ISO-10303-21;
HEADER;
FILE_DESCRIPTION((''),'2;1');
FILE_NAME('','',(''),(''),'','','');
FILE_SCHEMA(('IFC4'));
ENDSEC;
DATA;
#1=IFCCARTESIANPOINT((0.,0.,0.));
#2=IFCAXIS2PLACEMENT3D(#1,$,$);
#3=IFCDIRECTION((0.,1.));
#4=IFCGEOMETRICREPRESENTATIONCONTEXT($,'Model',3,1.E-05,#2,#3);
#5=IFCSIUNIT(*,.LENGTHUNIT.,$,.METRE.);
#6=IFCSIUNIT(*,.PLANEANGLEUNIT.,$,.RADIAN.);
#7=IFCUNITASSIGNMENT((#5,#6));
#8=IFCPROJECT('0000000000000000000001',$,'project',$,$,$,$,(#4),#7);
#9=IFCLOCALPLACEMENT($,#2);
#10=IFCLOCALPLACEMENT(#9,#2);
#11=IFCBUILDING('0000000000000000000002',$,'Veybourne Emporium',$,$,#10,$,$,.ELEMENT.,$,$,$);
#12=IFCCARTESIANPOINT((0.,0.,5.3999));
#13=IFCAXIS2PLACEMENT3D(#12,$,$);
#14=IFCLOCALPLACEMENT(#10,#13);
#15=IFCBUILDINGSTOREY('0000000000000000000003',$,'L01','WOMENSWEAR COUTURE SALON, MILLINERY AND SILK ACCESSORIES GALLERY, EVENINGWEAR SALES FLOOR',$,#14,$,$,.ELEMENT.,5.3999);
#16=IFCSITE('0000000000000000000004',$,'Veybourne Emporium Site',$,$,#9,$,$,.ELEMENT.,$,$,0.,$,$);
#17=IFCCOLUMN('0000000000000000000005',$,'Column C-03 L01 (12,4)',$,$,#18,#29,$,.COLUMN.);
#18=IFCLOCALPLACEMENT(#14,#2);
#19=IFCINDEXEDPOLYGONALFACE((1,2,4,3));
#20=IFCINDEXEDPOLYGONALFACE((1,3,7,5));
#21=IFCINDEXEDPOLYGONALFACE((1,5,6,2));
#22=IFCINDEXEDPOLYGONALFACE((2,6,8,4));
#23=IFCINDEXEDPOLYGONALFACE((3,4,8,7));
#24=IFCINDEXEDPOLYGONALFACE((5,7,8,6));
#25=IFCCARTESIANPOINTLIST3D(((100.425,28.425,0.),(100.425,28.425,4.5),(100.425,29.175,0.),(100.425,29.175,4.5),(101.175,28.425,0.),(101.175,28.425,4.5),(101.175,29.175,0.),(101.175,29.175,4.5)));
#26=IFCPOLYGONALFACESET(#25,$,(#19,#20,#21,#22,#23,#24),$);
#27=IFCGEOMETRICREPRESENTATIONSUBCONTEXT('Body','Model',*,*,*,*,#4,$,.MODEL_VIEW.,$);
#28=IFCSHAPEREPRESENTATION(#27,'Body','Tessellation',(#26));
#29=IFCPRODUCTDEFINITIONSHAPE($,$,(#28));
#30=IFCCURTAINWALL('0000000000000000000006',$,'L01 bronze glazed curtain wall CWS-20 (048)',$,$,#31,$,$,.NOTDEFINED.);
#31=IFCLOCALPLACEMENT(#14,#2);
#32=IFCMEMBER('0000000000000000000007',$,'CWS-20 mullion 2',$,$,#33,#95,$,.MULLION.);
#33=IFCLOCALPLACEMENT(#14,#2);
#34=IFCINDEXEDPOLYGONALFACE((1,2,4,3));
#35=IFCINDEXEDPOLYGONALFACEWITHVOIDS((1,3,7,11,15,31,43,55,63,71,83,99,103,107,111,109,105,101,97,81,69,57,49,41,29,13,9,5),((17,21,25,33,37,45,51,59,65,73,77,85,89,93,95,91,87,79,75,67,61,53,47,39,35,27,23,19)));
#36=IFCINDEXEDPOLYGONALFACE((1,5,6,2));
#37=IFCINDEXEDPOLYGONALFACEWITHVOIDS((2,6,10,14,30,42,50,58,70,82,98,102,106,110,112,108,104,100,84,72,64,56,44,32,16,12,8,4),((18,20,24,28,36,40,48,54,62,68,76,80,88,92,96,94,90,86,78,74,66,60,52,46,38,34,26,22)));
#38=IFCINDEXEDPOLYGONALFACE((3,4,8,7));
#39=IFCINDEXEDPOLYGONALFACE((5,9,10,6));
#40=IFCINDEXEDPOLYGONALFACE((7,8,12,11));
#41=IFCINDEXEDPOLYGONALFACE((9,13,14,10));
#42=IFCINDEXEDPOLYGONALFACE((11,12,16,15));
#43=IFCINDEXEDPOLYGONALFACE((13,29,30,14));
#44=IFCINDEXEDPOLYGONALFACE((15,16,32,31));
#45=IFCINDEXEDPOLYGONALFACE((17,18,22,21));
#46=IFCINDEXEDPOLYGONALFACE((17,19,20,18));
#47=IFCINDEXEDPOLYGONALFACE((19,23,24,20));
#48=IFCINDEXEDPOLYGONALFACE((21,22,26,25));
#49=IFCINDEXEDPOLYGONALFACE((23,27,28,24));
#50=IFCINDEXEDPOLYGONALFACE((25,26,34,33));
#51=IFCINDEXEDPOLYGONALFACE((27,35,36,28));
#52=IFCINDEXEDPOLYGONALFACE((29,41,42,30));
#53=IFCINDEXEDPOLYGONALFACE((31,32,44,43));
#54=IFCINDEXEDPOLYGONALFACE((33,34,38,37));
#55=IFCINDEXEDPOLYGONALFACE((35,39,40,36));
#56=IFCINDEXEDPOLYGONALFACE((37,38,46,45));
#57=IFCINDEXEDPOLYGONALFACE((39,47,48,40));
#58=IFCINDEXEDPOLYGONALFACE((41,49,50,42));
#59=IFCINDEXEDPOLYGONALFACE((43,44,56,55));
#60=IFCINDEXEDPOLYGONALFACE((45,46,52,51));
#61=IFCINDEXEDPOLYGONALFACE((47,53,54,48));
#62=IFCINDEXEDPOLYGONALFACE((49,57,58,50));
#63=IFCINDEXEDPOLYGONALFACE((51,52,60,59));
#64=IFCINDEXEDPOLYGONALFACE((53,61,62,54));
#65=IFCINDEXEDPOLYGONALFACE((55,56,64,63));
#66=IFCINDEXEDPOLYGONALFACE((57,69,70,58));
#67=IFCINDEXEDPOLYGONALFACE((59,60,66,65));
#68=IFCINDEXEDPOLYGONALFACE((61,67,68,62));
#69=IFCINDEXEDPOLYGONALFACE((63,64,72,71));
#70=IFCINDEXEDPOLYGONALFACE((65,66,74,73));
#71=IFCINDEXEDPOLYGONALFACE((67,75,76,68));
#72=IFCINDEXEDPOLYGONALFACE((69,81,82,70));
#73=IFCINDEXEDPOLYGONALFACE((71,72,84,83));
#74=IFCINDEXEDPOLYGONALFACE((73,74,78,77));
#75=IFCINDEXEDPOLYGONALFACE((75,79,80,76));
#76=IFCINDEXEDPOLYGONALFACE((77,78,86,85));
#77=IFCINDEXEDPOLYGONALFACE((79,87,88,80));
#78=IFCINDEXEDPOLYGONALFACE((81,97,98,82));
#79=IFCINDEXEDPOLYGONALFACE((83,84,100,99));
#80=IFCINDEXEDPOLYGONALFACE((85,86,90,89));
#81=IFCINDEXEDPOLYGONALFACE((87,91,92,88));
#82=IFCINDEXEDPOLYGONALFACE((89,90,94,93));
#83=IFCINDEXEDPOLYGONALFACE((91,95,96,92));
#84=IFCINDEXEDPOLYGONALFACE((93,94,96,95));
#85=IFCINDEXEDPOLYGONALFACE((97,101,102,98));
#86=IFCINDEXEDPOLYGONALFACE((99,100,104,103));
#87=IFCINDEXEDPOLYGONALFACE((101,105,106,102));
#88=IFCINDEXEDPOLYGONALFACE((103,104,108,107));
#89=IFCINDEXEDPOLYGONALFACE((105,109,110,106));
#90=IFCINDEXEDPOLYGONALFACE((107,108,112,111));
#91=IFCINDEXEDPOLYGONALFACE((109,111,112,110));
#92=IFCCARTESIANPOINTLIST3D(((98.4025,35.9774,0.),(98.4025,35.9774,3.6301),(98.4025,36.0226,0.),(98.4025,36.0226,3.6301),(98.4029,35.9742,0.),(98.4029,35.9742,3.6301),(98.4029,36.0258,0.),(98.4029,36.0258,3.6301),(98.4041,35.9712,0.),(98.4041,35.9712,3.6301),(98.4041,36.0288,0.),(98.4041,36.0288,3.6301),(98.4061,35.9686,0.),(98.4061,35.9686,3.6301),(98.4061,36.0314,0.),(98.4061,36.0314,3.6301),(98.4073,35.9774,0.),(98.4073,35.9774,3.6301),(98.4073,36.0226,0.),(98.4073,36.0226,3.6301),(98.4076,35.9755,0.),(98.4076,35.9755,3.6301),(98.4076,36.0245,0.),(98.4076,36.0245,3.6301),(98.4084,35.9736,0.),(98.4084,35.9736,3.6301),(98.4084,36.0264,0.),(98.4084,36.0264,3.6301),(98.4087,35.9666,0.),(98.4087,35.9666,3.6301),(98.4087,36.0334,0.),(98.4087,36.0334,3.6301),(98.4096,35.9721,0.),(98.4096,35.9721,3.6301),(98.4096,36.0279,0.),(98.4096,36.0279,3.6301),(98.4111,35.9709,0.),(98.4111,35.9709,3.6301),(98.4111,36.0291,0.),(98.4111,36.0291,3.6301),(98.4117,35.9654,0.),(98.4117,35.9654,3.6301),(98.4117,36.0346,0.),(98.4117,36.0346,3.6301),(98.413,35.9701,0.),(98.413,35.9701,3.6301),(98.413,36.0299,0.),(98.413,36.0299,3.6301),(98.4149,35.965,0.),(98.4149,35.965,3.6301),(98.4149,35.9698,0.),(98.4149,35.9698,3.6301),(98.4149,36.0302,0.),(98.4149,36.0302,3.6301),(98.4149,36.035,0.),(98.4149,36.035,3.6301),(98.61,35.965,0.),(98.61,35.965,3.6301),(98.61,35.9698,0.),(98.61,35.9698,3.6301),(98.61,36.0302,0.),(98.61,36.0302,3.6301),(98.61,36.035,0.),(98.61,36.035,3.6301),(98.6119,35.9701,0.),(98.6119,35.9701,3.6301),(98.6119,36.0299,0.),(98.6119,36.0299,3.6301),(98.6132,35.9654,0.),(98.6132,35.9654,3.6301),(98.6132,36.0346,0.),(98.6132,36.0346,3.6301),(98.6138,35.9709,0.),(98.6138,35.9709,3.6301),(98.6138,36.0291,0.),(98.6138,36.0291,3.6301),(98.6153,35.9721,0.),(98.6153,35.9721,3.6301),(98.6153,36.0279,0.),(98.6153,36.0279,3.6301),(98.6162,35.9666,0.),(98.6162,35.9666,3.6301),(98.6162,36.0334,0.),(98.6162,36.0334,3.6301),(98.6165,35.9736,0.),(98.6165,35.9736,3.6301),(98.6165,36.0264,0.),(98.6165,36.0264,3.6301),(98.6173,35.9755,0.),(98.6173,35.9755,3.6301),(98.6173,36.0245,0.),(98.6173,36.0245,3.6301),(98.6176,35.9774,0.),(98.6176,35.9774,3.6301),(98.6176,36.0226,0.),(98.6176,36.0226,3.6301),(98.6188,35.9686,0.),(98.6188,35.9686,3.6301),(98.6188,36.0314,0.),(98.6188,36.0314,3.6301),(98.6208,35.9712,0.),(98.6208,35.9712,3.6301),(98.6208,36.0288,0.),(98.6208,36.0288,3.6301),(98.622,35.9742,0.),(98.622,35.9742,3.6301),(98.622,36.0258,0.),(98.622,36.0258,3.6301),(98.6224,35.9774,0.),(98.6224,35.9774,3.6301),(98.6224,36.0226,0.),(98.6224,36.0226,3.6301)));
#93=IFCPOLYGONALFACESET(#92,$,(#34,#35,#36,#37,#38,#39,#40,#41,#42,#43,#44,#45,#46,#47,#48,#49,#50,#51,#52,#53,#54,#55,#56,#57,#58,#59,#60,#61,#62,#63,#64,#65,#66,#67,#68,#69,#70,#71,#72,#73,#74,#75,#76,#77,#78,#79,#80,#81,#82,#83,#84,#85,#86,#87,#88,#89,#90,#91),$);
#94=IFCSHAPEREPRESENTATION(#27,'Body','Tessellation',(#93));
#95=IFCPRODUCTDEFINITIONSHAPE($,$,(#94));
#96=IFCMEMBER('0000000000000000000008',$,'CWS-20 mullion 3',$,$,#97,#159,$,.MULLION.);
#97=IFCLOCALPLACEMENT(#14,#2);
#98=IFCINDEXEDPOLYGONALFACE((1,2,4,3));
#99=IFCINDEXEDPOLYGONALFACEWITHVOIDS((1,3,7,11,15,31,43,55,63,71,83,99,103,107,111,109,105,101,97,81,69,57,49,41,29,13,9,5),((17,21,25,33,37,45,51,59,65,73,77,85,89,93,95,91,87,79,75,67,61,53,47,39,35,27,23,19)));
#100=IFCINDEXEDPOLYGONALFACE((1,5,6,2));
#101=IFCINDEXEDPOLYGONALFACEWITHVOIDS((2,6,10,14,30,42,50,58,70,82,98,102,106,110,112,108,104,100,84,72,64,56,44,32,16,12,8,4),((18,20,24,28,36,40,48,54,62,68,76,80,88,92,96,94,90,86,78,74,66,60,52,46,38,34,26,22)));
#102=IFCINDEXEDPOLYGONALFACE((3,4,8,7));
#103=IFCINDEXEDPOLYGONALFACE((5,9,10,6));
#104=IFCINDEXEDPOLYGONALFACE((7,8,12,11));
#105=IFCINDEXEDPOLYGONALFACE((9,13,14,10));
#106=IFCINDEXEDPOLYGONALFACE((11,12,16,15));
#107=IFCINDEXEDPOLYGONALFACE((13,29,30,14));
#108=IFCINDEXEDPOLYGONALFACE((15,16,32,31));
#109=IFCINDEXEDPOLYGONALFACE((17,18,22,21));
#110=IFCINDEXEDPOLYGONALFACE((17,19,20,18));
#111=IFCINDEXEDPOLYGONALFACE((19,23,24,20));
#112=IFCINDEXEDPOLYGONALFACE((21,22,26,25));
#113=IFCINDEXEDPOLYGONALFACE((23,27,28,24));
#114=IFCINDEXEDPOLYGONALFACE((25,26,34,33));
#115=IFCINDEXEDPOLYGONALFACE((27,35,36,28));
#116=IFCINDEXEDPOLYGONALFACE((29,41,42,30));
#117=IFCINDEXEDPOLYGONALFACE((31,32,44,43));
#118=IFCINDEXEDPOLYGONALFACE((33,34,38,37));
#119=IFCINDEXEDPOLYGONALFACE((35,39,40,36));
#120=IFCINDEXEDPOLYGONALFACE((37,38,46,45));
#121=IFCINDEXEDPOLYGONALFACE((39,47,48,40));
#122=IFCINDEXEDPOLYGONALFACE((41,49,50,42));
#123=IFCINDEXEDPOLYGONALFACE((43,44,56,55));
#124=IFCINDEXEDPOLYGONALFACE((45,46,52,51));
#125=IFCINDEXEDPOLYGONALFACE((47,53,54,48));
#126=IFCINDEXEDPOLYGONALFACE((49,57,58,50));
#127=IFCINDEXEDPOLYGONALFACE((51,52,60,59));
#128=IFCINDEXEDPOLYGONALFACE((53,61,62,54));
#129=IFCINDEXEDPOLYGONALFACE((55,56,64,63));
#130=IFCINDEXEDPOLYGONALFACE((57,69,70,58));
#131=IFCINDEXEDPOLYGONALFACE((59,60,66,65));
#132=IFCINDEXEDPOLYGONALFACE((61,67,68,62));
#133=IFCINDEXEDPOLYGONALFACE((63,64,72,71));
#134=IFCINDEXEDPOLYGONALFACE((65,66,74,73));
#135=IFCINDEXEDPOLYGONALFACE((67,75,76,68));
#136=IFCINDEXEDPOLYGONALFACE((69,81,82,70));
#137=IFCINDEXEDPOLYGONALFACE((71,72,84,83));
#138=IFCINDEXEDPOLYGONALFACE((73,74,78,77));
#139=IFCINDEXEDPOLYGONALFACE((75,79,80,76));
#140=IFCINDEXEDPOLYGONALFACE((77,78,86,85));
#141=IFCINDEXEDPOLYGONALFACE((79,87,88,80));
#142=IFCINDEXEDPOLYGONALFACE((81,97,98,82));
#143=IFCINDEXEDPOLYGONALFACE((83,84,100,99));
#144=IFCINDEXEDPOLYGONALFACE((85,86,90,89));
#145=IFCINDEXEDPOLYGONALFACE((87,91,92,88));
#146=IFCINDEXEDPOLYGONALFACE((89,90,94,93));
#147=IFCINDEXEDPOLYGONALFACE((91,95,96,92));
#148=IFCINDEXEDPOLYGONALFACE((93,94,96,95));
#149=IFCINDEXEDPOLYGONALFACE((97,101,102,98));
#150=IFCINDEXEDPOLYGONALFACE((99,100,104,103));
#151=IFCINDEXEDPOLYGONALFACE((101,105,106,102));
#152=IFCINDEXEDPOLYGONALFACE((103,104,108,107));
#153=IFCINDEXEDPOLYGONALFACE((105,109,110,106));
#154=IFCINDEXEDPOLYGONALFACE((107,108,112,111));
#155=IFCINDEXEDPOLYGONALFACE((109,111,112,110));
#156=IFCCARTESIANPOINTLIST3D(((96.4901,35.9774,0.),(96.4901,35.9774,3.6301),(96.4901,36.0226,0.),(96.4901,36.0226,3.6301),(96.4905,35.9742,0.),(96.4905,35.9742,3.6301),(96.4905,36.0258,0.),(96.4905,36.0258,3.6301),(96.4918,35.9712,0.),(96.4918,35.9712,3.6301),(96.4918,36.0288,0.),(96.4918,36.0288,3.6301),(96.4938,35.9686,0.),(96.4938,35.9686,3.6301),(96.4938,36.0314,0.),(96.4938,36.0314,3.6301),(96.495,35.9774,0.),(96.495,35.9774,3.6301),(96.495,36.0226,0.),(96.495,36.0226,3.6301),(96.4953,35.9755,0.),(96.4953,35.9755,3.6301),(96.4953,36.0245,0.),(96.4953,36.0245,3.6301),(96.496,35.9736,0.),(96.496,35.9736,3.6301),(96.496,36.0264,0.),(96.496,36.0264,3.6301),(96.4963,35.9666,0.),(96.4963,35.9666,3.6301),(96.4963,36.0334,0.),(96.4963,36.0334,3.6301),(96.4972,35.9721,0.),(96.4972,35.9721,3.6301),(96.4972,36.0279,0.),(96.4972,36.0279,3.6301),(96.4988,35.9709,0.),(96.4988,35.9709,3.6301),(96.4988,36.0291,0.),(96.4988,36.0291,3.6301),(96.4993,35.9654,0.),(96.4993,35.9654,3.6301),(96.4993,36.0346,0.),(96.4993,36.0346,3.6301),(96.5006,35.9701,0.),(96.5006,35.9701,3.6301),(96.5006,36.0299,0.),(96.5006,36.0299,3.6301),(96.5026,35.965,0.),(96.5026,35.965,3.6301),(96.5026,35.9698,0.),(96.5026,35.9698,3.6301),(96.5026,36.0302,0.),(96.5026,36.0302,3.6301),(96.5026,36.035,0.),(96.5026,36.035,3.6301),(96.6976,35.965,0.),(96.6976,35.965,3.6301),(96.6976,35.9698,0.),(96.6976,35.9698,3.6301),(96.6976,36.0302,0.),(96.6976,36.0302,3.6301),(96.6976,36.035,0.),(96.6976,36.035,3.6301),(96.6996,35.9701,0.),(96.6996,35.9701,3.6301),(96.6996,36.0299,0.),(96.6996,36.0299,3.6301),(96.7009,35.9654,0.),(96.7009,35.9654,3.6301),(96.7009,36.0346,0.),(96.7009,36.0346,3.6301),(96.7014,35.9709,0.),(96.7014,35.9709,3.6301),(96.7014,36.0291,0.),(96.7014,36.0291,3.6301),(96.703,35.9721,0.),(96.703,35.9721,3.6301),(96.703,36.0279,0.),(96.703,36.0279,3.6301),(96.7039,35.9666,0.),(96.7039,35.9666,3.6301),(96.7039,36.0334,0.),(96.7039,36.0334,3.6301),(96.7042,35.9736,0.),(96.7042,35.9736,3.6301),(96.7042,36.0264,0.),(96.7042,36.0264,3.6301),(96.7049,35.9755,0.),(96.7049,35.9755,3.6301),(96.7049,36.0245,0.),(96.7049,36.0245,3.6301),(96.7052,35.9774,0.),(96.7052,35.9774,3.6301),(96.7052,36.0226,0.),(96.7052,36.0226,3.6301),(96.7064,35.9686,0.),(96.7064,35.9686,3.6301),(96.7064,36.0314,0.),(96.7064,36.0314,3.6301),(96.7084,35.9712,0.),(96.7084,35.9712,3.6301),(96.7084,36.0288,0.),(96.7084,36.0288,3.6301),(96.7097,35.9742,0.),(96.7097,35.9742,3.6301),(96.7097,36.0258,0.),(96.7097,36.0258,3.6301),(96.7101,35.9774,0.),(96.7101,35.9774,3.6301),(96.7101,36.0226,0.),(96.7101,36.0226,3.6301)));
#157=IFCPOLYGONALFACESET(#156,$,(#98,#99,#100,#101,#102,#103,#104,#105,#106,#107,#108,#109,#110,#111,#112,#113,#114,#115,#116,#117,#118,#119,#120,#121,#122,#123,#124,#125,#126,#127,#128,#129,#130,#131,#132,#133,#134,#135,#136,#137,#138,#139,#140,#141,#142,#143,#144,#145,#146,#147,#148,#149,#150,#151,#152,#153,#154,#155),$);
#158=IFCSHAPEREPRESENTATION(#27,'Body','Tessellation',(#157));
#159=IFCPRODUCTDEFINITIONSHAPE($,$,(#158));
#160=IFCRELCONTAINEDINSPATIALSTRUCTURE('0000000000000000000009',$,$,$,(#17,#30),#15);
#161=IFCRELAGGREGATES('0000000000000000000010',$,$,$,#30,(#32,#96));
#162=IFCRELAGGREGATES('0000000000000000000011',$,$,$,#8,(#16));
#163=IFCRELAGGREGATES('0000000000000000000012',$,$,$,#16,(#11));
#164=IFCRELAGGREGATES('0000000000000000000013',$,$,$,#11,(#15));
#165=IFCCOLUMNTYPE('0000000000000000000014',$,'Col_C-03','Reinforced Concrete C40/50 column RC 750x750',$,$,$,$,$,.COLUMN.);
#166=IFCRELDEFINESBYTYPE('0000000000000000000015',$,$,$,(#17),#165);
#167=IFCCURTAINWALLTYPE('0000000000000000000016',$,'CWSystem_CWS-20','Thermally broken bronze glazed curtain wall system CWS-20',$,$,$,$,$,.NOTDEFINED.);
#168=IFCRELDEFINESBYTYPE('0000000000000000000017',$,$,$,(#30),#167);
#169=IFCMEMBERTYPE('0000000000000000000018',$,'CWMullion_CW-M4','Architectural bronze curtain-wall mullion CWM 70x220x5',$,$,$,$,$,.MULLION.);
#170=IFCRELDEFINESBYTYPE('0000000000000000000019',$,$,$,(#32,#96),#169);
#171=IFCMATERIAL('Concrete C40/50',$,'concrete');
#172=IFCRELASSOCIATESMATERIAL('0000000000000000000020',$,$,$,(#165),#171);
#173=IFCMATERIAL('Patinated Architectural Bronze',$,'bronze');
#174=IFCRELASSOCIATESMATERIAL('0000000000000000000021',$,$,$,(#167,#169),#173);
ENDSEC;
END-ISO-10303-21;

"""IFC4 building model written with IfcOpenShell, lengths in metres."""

from ifc_helpers import new_model, si_unit, direction, frame, origin, origin_2d, place, context, subcontext, project, spatial, rectangle, hollow_rectangle, extrude, material, material_profile, profile_set, type_object, element, aggregate, save


model = new_model("IFC4")

# Units and contexts
model_context = context("Model", 3, precision=1e-05, world=origin(), true_north=direction((0.0, 1.0)))
body_context = subcontext(model_context, "Body", "Model", "MODEL_VIEW")
ifc_project = project(units=[si_unit("LENGTHUNIT", "METRE"), si_unit("PLANEANGLEUNIT", "RADIAN")], contexts=[model_context])

# Site, building, storey
site_placement = place(None, origin())
site = spatial("IfcSite", under=ifc_project, at=site_placement, Name="Veybourne Emporium Site", CompositionType="ELEMENT", RefElevation=0.0)
building_placement = place(site_placement, origin())
building = spatial("IfcBuilding", under=site, at=building_placement, Name="Veybourne Emporium", CompositionType="ELEMENT")
storey_placement = place(building_placement, frame((0.0, 0.0, 5.3999)))
storey = spatial("IfcBuildingStorey", under=building, at=storey_placement, Name="L01", Description="WOMENSWEAR COUTURE SALON, MILLINERY AND SILK ACCESSORIES GALLERY, EVENINGWEAR SALES FLOOR", CompositionType="ELEMENT", Elevation=5.3999)

# Column
ifc_material_1 = material(Name="Concrete C40/50", Category="concrete")
ifc_material_profile_1 = material_profile(ifc_material_1, rectangle(XDim=0.75, YDim=0.75, at=origin_2d()), Name="RC 750x750")
ifc_profile_set_1 = profile_set([ifc_material_profile_1], Name="Concrete C40/50")
column_type = type_object("IfcColumnType", Name="Col_C-03", Description="Reinforced Concrete C40/50 column RC 750x750", PredefinedType="COLUMN", material=ifc_profile_set_1)
column_placement = place(storey_placement, frame((100.8, 28.8, 0.0), z_axis=(0.0, 0.0, 1.0), x_axis=(1.0, 0.0, 0.0)))
element("IfcColumn", 1, at=column_placement, inside=storey, type_object=column_type, Name="Column C-03 L01 (12,4)", PredefinedType="COLUMN", context=body_context, shape_type="SweptSolid", body=[
    extrude(rectangle(XDim=0.75, YDim=0.75, at=origin_2d()), origin(), (0.0, 0.0, 1.0), 4.5),
])

# Curtain wall, members
ifc_material_2 = material(Name="Patinated Architectural Bronze", Category="bronze")
curtain_wall_type = type_object("IfcCurtainWallType", Name="CWSystem_CWS-20", Description="Thermally broken bronze glazed curtain wall system CWS-20", PredefinedType="NOTDEFINED", material=ifc_material_2)
curtain_wall_placement = place(storey_placement, origin())
curtain_wall = element("IfcCurtainWall", 2, at=curtain_wall_placement, inside=storey, type_object=curtain_wall_type, Name="L01 bronze glazed curtain wall CWS-20 (048)", PredefinedType="NOTDEFINED")
ifc_material_profile_2 = material_profile(ifc_material_2, hollow_rectangle(XDim=0.0701, YDim=0.22, WallThickness=0.0049, InnerFilletRadius=0.0076, OuterFilletRadius=0.0125, at=origin_2d()), Name="CWM 70x220x5")
ifc_profile_set_2 = profile_set([ifc_material_profile_2], Name="Patinated Architectural Bronze")
member_type_1 = type_object("IfcMemberType", Name="CWMullion_CW-M4", Description="Architectural bronze curtain-wall mullion CWM 70x220x5", PredefinedType="MULLION", material=ifc_profile_set_2)
member_1_placement = place(storey_placement, frame((98.5125, 36.0, 0.0), z_axis=(0.0, 0.0, 1.0), x_axis=(0.0, -1.0, 0.0)))
member_1 = element("IfcMember", 3, at=member_1_placement, type_object=member_type_1, Name="CWS-20 mullion 2", PredefinedType="MULLION", context=body_context, shape_type="SweptSolid", body=[
    extrude(hollow_rectangle(XDim=0.0701, YDim=0.22, WallThickness=0.0049, InnerFilletRadius=0.0076, OuterFilletRadius=0.0125, at=origin_2d()), origin(), (0.0, 0.0, 1.0), 3.6301),
])
member_2_placement = place(storey_placement, frame((96.6001, 36.0, 0.0), z_axis=(0.0, 0.0, 1.0), x_axis=(0.0, -1.0, 0.0)))
member_2 = element("IfcMember", 4, at=member_2_placement, type_object=member_type_1, Name="CWS-20 mullion 3", PredefinedType="MULLION", context=body_context, shape_type="SweptSolid", body=[
    extrude(hollow_rectangle(XDim=0.0701, YDim=0.22, WallThickness=0.0049, InnerFilletRadius=0.0076, OuterFilletRadius=0.0125, at=origin_2d()), origin(), (0.0, 0.0, 1.0), 3.6301),
])

aggregate(curtain_wall, [member_1, member_2])

save(model, "model.ifc")
